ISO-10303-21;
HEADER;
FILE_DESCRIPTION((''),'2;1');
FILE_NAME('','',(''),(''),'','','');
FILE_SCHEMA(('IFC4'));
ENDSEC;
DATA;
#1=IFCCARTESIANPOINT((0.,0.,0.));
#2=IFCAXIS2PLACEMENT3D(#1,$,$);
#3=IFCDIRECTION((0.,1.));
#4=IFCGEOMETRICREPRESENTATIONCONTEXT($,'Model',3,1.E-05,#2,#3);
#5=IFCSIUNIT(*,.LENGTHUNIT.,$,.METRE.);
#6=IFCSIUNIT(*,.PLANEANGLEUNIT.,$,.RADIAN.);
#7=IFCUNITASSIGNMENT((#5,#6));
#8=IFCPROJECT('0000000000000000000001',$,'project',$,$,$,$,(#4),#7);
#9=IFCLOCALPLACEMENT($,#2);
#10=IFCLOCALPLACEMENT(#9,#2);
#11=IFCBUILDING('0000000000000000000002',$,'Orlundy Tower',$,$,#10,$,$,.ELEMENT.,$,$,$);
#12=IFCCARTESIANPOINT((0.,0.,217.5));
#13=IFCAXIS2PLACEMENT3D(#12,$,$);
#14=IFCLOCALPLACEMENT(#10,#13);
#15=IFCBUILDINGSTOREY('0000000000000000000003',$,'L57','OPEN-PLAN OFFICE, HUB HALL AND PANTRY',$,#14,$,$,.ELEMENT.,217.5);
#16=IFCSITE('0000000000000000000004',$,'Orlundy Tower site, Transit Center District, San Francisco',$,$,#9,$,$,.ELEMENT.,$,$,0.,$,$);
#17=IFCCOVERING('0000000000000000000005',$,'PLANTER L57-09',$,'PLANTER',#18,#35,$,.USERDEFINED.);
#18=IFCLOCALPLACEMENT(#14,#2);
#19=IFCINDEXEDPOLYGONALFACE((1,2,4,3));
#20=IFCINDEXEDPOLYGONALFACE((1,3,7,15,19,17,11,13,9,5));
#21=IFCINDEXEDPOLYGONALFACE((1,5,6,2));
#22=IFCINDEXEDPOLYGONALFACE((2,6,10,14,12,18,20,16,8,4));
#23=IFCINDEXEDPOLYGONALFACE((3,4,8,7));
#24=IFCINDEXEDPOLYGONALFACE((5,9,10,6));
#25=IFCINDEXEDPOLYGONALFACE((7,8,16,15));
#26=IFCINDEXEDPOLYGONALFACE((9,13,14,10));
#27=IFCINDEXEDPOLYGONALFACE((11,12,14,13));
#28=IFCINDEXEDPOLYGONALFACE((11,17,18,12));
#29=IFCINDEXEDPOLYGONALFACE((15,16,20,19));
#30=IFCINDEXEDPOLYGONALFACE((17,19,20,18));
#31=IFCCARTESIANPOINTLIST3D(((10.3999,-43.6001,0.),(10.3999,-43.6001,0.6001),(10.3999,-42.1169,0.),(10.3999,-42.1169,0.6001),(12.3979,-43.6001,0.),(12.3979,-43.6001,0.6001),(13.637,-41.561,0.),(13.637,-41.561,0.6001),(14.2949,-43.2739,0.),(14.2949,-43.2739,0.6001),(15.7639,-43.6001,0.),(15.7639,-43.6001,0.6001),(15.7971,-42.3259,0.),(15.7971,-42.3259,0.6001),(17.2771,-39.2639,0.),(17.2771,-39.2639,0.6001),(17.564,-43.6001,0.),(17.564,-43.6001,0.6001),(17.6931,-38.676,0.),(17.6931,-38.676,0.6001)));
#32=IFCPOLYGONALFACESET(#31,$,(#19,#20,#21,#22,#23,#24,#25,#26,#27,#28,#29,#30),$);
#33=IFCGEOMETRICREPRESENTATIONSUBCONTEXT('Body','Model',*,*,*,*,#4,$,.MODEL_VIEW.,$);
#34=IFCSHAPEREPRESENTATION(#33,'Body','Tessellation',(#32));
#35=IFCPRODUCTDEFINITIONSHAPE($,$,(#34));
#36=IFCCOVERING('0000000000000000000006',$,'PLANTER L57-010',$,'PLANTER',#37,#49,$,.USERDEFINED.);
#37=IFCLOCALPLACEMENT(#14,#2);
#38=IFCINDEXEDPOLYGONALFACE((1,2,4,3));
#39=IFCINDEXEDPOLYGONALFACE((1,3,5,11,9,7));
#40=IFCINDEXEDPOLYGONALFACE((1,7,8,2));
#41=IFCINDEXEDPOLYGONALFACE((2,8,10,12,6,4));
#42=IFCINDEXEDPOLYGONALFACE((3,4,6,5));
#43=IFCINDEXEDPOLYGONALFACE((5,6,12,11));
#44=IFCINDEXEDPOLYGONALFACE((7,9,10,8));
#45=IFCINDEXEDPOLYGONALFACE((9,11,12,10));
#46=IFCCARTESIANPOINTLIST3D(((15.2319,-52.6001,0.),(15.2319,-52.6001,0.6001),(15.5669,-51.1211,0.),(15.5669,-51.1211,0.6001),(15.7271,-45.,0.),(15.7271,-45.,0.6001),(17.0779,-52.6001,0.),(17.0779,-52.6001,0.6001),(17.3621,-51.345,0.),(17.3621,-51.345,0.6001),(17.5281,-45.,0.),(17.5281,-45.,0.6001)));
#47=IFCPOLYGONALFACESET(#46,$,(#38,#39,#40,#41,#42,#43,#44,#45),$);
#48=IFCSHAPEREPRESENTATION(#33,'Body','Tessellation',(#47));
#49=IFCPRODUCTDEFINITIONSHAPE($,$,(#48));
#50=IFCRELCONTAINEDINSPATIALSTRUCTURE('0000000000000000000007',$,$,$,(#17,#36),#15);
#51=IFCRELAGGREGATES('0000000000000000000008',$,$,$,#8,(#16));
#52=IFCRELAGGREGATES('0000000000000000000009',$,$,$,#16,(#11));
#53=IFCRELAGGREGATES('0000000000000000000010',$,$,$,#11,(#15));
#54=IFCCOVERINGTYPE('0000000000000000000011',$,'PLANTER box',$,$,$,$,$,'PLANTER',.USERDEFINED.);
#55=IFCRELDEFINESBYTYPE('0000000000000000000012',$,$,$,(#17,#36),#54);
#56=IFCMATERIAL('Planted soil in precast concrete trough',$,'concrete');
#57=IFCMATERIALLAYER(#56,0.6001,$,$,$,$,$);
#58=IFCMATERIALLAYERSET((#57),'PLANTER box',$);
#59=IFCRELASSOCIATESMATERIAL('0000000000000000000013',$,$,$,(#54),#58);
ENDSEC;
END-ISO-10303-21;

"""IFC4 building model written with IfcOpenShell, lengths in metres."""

from ifc_helpers import new_model, si_unit, direction, frame, origin, place, context, subcontext, project, spatial, polyline, outline, extrude, material, layer, layer_set, type_object, element, save


model = new_model("IFC4")

# Units and contexts
model_context = context("Model", 3, precision=1e-05, world=origin(), true_north=direction((0.0, 1.0)))
body_context = subcontext(model_context, "Body", "Model", "MODEL_VIEW")
ifc_project = project(units=[si_unit("LENGTHUNIT", "METRE"), si_unit("PLANEANGLEUNIT", "RADIAN")], contexts=[model_context])

# Site, building, storey
site_placement = place(None, origin())
site = spatial("IfcSite", under=ifc_project, at=site_placement, Name="Orlundy Tower site, Transit Center District, San Francisco", CompositionType="ELEMENT", RefElevation=0.0)
building_placement = place(site_placement, origin())
building = spatial("IfcBuilding", under=site, at=building_placement, Name="Orlundy Tower", CompositionType="ELEMENT")
storey_placement = place(building_placement, frame((0.0, 0.0, 217.5)))
storey = spatial("IfcBuildingStorey", under=building, at=storey_placement, Name="L57", Description="OPEN-PLAN OFFICE, HUB HALL AND PANTRY", CompositionType="ELEMENT", Elevation=217.5)

# Coverings
ifc_material_1 = material(Name="Planted soil in precast concrete trough", Category="concrete")
ifc_layer_1 = layer(ifc_material_1, 0.6001)
ifc_layer_set_1 = layer_set([ifc_layer_1], Name="PLANTER box")
covering_type = type_object("IfcCoveringType", Name="PLANTER box", ElementType="PLANTER", PredefinedType="USERDEFINED", material=ifc_layer_set_1)
covering_1_placement = place(storey_placement, origin())
element("IfcCovering", 1, at=covering_1_placement, inside=storey, type_object=covering_type, Name="PLANTER L57-09", ObjectType="PLANTER", PredefinedType="USERDEFINED", context=body_context, shape_type="SweptSolid", body=[
    extrude(outline(polyline([(13.637, -41.561), (17.2771, -39.2639), (17.6931, -38.676), (17.564, -43.6001), (15.7639, -43.6001), (15.7971, -42.3259), (14.2949, -43.2739), (12.3979, -43.6001), (10.3999, -43.6001), (10.3999, -42.1169), (13.637, -41.561)])), origin(), (0.0, 0.0, 1.0), 0.6001),
])
covering_2_placement = place(storey_placement, origin())
element("IfcCovering", 2, at=covering_2_placement, inside=storey, type_object=covering_type, Name="PLANTER L57-010", ObjectType="PLANTER", PredefinedType="USERDEFINED", context=body_context, shape_type="SweptSolid", body=[
    extrude(outline(polyline([(17.3621, -51.345), (17.0779, -52.6001), (15.2319, -52.6001), (15.5669, -51.1211), (15.7271, -45.0), (17.5281, -45.0), (17.3621, -51.345)])), origin(), (0.0, 0.0, 1.0), 0.6001),
])

save(model, "model.ifc")
